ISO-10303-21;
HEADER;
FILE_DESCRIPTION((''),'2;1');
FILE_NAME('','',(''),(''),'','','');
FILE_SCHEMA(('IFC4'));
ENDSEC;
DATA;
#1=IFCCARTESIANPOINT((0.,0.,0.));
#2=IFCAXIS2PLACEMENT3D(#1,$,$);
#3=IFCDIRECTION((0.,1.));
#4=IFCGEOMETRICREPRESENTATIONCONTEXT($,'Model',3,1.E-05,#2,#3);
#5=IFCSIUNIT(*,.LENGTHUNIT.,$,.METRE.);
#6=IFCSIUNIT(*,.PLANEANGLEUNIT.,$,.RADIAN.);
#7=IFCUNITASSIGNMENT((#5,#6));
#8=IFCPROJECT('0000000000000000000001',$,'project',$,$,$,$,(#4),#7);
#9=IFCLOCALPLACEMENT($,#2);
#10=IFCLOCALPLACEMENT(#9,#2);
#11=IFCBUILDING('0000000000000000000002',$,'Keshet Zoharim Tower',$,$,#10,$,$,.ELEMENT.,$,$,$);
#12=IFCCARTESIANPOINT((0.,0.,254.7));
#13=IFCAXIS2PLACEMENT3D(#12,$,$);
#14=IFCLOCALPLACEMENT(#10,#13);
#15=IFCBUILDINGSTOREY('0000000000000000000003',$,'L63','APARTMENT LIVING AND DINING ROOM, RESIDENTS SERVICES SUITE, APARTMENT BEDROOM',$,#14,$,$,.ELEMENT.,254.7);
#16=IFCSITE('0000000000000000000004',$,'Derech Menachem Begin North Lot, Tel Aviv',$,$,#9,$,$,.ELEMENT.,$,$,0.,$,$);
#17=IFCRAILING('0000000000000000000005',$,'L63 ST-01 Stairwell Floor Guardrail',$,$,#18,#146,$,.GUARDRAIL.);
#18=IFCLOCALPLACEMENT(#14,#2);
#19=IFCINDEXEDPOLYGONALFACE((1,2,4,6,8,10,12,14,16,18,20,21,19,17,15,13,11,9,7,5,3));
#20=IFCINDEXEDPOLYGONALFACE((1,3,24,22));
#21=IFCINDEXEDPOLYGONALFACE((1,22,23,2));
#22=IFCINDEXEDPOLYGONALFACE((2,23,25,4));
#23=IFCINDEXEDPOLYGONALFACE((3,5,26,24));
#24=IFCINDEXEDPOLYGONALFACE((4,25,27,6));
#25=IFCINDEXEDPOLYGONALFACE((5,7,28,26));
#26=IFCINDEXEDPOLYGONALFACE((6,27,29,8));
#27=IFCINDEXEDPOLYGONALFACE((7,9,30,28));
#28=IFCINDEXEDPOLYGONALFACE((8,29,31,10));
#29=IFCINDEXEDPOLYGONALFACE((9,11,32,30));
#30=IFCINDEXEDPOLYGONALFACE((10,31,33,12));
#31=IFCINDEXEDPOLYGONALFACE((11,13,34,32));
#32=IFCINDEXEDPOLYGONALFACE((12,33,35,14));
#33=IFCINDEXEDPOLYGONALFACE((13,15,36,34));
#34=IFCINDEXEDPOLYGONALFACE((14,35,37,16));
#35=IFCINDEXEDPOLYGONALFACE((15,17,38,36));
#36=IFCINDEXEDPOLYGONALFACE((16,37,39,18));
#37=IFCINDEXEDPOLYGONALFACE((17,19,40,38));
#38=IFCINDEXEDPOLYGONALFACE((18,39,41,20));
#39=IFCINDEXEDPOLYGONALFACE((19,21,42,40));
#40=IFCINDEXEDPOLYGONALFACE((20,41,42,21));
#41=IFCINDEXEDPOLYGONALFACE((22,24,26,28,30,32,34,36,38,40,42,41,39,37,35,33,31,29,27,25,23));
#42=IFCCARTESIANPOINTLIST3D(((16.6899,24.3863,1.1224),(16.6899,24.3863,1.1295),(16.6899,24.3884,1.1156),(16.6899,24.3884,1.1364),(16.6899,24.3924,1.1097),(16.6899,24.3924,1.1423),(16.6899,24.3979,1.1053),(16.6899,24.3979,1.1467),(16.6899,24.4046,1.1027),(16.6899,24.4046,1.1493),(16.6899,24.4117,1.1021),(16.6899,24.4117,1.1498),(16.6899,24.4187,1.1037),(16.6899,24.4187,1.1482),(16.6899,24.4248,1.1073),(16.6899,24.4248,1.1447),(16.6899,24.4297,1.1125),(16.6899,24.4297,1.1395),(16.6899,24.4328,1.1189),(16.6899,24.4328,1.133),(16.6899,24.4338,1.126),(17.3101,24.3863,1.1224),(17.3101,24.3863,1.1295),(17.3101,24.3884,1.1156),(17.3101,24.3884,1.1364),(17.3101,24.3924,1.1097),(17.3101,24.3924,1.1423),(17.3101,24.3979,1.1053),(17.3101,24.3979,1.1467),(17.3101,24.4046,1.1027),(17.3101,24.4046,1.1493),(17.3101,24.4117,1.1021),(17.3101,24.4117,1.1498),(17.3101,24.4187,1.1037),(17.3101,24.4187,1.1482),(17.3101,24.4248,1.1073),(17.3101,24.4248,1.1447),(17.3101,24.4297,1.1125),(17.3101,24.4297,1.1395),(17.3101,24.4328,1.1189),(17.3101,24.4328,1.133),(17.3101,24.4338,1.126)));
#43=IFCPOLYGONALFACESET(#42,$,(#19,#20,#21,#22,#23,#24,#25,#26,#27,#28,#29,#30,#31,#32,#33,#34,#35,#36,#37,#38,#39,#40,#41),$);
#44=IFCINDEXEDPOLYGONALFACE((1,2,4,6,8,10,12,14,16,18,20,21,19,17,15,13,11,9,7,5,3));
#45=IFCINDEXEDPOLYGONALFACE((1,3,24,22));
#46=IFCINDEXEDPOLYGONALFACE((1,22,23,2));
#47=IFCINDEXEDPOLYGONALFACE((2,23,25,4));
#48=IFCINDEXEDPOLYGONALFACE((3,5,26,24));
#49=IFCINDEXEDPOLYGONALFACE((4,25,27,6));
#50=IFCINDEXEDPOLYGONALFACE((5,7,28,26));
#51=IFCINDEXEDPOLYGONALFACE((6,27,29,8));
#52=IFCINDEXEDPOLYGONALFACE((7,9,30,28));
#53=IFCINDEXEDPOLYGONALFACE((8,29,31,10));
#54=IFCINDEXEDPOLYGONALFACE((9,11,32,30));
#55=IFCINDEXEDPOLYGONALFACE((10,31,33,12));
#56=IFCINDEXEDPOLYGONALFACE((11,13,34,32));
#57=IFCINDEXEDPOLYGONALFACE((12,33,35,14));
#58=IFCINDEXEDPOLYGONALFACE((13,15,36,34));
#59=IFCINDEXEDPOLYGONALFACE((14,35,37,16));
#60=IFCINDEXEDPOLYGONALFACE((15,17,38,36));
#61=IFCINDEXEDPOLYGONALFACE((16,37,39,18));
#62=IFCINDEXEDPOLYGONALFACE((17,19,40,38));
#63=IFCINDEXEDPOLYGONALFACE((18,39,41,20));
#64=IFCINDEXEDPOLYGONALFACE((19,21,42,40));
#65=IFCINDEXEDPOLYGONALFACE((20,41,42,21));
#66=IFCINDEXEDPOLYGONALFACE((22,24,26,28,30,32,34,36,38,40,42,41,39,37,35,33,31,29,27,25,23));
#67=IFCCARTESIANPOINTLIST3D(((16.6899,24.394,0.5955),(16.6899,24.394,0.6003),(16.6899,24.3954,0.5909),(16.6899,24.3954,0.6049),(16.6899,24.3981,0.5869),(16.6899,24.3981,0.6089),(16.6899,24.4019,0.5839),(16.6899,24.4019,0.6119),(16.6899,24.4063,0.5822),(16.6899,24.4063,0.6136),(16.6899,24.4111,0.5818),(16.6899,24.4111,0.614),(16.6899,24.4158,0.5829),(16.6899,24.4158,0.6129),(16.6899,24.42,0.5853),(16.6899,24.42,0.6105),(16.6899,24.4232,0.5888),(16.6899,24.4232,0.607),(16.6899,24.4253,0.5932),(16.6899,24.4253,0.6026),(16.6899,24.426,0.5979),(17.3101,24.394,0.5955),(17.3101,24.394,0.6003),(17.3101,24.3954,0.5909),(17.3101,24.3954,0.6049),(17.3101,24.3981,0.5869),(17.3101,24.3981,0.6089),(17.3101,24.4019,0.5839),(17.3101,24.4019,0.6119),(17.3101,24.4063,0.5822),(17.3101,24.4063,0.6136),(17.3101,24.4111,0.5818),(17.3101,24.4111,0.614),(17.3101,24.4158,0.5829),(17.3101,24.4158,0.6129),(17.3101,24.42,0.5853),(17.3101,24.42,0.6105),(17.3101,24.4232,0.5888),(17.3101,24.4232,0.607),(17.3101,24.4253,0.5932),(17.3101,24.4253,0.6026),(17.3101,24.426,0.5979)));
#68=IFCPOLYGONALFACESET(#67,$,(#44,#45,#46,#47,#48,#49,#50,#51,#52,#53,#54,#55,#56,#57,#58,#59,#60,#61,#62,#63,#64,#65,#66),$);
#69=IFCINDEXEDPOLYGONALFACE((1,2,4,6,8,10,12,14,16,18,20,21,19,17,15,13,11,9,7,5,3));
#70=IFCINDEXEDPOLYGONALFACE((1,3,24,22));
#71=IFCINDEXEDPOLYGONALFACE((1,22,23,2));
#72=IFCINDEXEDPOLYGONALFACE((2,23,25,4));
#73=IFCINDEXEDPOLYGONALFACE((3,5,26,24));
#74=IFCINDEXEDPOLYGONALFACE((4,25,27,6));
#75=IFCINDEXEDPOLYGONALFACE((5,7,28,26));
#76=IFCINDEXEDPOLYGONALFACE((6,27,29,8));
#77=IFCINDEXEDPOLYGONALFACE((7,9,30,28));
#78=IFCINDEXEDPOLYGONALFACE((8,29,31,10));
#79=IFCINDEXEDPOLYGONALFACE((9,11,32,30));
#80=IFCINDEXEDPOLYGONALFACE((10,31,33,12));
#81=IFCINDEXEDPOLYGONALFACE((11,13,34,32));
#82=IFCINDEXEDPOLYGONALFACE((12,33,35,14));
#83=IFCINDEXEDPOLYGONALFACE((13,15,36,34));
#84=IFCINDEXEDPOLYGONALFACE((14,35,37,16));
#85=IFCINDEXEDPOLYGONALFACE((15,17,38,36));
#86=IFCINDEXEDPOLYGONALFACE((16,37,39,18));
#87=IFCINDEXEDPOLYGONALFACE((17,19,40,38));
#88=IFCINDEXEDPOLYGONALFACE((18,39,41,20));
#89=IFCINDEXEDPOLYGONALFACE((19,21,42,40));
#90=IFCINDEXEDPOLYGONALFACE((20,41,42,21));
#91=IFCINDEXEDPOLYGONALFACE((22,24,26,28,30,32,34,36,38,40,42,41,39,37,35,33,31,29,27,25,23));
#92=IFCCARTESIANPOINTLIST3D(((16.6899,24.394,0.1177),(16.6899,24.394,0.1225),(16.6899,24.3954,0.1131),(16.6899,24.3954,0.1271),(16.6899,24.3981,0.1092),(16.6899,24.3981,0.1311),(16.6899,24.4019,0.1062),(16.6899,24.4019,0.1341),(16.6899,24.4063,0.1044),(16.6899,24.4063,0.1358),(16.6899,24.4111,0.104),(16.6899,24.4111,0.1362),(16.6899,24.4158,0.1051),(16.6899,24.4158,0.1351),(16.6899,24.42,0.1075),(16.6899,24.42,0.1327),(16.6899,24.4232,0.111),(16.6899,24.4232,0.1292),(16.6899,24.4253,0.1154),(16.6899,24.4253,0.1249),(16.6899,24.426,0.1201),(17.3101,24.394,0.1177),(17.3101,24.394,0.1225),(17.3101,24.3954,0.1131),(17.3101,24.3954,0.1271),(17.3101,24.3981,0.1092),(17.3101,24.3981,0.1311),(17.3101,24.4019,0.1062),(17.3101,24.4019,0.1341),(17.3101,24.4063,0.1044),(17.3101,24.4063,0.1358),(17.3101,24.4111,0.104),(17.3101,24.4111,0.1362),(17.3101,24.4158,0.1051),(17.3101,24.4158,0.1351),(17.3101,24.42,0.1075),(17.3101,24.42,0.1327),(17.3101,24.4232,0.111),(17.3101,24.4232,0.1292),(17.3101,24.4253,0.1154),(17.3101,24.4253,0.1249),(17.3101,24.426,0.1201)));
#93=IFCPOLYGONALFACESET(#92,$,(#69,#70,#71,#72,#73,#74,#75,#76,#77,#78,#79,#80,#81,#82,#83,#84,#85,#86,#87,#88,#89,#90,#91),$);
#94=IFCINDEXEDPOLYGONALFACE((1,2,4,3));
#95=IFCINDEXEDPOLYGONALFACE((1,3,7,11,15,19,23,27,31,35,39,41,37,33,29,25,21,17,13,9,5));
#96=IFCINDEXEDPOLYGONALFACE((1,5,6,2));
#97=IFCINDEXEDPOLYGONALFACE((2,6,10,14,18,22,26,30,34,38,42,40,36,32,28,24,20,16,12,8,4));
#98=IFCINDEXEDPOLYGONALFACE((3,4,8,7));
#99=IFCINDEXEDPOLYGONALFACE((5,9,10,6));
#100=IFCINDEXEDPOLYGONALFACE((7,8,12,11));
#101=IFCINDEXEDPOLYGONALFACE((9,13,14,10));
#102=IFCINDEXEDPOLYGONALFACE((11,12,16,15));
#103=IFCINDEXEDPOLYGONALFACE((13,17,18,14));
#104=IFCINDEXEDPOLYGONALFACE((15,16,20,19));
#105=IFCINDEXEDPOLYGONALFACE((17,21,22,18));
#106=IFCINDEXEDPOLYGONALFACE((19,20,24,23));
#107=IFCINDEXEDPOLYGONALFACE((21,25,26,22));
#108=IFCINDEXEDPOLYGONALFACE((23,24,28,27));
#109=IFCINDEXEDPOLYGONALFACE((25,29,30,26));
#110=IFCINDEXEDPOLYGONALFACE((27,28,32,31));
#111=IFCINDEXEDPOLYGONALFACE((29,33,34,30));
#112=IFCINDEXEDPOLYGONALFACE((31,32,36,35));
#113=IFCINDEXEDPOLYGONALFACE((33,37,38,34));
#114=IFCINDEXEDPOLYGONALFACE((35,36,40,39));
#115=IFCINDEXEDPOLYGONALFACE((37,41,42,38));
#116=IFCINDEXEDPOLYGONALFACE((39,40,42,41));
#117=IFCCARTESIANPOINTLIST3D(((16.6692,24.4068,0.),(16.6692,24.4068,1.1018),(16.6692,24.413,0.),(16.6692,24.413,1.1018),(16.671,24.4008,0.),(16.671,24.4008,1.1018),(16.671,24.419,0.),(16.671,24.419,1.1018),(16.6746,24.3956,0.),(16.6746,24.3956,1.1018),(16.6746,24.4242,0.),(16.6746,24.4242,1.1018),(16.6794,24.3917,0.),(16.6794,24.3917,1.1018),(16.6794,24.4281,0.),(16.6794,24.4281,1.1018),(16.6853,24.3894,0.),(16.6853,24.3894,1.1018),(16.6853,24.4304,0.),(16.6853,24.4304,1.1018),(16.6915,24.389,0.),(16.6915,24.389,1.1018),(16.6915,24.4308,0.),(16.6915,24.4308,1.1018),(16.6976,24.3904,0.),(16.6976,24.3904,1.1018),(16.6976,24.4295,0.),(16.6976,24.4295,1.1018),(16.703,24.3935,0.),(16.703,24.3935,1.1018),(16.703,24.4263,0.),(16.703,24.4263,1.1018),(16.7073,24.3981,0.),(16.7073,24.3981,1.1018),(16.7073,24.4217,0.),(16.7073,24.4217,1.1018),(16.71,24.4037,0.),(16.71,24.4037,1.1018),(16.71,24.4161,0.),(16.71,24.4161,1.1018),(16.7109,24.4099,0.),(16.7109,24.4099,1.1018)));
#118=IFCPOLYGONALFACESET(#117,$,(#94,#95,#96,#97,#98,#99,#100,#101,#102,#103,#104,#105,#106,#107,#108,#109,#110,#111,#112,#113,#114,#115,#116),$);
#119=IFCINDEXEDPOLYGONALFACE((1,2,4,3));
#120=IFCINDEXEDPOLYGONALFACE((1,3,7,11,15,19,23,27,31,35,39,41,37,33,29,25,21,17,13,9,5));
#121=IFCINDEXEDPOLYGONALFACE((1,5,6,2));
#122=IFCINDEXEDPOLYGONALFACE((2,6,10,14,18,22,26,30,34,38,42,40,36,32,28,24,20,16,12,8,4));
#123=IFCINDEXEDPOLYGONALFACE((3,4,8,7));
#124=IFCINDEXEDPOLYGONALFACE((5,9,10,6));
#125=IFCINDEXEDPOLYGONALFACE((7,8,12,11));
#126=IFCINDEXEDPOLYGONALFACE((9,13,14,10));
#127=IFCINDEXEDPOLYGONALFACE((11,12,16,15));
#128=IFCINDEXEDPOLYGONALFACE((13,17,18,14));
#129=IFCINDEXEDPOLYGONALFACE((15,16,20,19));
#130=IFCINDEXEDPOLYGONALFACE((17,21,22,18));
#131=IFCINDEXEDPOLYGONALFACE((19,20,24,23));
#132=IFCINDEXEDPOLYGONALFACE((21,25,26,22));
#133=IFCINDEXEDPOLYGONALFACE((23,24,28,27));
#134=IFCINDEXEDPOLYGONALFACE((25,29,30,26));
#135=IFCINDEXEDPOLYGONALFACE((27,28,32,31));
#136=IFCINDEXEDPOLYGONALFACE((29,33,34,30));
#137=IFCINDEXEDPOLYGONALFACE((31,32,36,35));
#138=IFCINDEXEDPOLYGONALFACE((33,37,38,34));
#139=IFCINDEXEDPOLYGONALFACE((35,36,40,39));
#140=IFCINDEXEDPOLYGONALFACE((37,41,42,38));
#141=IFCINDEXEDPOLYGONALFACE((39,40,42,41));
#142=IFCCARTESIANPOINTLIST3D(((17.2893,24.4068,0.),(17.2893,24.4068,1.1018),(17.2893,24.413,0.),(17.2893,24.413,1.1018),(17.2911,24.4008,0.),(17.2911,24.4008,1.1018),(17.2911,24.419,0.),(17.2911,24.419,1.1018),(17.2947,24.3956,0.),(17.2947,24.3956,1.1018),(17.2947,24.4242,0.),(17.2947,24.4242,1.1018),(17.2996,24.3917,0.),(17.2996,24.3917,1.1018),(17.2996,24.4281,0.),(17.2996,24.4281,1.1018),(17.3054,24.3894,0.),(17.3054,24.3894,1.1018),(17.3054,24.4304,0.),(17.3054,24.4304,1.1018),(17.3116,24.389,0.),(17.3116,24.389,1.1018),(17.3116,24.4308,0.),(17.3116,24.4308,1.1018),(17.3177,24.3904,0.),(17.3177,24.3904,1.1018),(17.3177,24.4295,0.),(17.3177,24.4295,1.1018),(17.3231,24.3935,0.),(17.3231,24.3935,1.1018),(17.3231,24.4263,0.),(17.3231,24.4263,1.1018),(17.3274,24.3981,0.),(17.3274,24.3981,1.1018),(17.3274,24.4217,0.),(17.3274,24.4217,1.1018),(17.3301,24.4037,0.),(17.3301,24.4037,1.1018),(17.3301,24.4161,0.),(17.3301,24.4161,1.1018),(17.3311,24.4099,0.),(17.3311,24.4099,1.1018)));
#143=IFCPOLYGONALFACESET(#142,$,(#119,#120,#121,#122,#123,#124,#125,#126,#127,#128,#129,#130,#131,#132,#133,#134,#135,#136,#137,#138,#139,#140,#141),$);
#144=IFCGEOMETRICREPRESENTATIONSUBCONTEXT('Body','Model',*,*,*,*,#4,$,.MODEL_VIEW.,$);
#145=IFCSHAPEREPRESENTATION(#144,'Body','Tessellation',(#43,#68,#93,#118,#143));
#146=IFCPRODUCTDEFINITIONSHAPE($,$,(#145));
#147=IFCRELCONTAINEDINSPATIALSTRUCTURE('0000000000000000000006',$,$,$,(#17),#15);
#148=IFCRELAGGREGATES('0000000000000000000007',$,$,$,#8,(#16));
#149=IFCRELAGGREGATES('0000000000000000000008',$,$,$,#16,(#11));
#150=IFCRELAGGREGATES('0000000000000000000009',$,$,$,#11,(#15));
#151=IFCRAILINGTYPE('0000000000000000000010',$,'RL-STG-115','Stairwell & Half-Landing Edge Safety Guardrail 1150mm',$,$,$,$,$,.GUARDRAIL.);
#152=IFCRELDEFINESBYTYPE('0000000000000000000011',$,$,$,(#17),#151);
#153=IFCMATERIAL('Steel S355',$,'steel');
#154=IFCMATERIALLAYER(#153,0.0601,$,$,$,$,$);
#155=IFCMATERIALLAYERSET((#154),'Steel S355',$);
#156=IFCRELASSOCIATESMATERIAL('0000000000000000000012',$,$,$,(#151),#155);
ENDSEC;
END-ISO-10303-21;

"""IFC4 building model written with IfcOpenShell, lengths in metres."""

from ifc_helpers import new_model, si_unit, direction, frame, origin, origin_2d, place, context, subcontext, project, spatial, circle, extrude, material, layer, layer_set, type_object, element, save


model = new_model("IFC4")

# Units and contexts
model_context = context("Model", 3, precision=1e-05, world=origin(), true_north=direction((0.0, 1.0)))
body_context = subcontext(model_context, "Body", "Model", "MODEL_VIEW")
ifc_project = project(units=[si_unit("LENGTHUNIT", "METRE"), si_unit("PLANEANGLEUNIT", "RADIAN")], contexts=[model_context])

# Site, building, storey
site_placement = place(None, origin())
site = spatial("IfcSite", under=ifc_project, at=site_placement, Name="Derech Menachem Begin North Lot, Tel Aviv", CompositionType="ELEMENT", RefElevation=0.0)
building_placement = place(site_placement, origin())
building = spatial("IfcBuilding", under=site, at=building_placement, Name="Keshet Zoharim Tower", CompositionType="ELEMENT")
storey_placement = place(building_placement, frame((0.0, 0.0, 254.7)))
storey = spatial("IfcBuildingStorey", under=building, at=storey_placement, Name="L63", Description="APARTMENT LIVING AND DINING ROOM, RESIDENTS SERVICES SUITE, APARTMENT BEDROOM", CompositionType="ELEMENT", Elevation=254.7)

# Shared definitions
ifc_material_1 = material(Name="Steel S355", Category="steel")

# Railing
ifc_layer_1 = layer(ifc_material_1, 0.0601)
ifc_layer_set_1 = layer_set([ifc_layer_1], Name="Steel S355")
railing_type_1 = type_object("IfcRailingType", Name="RL-STG-115", Description="Stairwell & Half-Landing Edge Safety Guardrail 1150mm", PredefinedType="GUARDRAIL", material=ifc_layer_set_1)
railing_1_placement = place(storey_placement, frame((16.6899, 24.4099, 0.0)))
element("IfcRailing", 1, at=railing_1_placement, inside=storey, type_object=railing_type_1, Name="L63 ST-01 Stairwell Floor Guardrail", PredefinedType="GUARDRAIL", context=body_context, shape_type="SweptSolid", body=[
    extrude(circle(Radius=0.0239, at=origin_2d()), frame((0.0, 0.0, 1.126), z_axis=(1.0, 0.0, 0.0), x_axis=(0.0, 1.0, 0.0)), (0.0, 0.0, 1.0), 0.6201),
    extrude(circle(Radius=0.0161, at=origin_2d()), frame((0.0, 0.0, 0.5979), z_axis=(1.0, 0.0, 0.0), x_axis=(0.0, 1.0, 0.0)), (0.0, 0.0, 1.0), 0.6201),
    extrude(circle(Radius=0.0161, at=origin_2d()), frame((0.0, 0.0, 0.1201), z_axis=(1.0, 0.0, 0.0), x_axis=(0.0, 1.0, 0.0)), (0.0, 0.0, 1.0), 0.6201),
    extrude(circle(Radius=0.021, at=origin_2d()), origin(), (0.0, 0.0, 1.0), 1.1018),
    extrude(circle(Radius=0.021, at=origin_2d()), frame((0.6201, 0.0, 0.0)), (0.0, 0.0, 1.0), 1.1018),
])

save(model, "model.ifc")
